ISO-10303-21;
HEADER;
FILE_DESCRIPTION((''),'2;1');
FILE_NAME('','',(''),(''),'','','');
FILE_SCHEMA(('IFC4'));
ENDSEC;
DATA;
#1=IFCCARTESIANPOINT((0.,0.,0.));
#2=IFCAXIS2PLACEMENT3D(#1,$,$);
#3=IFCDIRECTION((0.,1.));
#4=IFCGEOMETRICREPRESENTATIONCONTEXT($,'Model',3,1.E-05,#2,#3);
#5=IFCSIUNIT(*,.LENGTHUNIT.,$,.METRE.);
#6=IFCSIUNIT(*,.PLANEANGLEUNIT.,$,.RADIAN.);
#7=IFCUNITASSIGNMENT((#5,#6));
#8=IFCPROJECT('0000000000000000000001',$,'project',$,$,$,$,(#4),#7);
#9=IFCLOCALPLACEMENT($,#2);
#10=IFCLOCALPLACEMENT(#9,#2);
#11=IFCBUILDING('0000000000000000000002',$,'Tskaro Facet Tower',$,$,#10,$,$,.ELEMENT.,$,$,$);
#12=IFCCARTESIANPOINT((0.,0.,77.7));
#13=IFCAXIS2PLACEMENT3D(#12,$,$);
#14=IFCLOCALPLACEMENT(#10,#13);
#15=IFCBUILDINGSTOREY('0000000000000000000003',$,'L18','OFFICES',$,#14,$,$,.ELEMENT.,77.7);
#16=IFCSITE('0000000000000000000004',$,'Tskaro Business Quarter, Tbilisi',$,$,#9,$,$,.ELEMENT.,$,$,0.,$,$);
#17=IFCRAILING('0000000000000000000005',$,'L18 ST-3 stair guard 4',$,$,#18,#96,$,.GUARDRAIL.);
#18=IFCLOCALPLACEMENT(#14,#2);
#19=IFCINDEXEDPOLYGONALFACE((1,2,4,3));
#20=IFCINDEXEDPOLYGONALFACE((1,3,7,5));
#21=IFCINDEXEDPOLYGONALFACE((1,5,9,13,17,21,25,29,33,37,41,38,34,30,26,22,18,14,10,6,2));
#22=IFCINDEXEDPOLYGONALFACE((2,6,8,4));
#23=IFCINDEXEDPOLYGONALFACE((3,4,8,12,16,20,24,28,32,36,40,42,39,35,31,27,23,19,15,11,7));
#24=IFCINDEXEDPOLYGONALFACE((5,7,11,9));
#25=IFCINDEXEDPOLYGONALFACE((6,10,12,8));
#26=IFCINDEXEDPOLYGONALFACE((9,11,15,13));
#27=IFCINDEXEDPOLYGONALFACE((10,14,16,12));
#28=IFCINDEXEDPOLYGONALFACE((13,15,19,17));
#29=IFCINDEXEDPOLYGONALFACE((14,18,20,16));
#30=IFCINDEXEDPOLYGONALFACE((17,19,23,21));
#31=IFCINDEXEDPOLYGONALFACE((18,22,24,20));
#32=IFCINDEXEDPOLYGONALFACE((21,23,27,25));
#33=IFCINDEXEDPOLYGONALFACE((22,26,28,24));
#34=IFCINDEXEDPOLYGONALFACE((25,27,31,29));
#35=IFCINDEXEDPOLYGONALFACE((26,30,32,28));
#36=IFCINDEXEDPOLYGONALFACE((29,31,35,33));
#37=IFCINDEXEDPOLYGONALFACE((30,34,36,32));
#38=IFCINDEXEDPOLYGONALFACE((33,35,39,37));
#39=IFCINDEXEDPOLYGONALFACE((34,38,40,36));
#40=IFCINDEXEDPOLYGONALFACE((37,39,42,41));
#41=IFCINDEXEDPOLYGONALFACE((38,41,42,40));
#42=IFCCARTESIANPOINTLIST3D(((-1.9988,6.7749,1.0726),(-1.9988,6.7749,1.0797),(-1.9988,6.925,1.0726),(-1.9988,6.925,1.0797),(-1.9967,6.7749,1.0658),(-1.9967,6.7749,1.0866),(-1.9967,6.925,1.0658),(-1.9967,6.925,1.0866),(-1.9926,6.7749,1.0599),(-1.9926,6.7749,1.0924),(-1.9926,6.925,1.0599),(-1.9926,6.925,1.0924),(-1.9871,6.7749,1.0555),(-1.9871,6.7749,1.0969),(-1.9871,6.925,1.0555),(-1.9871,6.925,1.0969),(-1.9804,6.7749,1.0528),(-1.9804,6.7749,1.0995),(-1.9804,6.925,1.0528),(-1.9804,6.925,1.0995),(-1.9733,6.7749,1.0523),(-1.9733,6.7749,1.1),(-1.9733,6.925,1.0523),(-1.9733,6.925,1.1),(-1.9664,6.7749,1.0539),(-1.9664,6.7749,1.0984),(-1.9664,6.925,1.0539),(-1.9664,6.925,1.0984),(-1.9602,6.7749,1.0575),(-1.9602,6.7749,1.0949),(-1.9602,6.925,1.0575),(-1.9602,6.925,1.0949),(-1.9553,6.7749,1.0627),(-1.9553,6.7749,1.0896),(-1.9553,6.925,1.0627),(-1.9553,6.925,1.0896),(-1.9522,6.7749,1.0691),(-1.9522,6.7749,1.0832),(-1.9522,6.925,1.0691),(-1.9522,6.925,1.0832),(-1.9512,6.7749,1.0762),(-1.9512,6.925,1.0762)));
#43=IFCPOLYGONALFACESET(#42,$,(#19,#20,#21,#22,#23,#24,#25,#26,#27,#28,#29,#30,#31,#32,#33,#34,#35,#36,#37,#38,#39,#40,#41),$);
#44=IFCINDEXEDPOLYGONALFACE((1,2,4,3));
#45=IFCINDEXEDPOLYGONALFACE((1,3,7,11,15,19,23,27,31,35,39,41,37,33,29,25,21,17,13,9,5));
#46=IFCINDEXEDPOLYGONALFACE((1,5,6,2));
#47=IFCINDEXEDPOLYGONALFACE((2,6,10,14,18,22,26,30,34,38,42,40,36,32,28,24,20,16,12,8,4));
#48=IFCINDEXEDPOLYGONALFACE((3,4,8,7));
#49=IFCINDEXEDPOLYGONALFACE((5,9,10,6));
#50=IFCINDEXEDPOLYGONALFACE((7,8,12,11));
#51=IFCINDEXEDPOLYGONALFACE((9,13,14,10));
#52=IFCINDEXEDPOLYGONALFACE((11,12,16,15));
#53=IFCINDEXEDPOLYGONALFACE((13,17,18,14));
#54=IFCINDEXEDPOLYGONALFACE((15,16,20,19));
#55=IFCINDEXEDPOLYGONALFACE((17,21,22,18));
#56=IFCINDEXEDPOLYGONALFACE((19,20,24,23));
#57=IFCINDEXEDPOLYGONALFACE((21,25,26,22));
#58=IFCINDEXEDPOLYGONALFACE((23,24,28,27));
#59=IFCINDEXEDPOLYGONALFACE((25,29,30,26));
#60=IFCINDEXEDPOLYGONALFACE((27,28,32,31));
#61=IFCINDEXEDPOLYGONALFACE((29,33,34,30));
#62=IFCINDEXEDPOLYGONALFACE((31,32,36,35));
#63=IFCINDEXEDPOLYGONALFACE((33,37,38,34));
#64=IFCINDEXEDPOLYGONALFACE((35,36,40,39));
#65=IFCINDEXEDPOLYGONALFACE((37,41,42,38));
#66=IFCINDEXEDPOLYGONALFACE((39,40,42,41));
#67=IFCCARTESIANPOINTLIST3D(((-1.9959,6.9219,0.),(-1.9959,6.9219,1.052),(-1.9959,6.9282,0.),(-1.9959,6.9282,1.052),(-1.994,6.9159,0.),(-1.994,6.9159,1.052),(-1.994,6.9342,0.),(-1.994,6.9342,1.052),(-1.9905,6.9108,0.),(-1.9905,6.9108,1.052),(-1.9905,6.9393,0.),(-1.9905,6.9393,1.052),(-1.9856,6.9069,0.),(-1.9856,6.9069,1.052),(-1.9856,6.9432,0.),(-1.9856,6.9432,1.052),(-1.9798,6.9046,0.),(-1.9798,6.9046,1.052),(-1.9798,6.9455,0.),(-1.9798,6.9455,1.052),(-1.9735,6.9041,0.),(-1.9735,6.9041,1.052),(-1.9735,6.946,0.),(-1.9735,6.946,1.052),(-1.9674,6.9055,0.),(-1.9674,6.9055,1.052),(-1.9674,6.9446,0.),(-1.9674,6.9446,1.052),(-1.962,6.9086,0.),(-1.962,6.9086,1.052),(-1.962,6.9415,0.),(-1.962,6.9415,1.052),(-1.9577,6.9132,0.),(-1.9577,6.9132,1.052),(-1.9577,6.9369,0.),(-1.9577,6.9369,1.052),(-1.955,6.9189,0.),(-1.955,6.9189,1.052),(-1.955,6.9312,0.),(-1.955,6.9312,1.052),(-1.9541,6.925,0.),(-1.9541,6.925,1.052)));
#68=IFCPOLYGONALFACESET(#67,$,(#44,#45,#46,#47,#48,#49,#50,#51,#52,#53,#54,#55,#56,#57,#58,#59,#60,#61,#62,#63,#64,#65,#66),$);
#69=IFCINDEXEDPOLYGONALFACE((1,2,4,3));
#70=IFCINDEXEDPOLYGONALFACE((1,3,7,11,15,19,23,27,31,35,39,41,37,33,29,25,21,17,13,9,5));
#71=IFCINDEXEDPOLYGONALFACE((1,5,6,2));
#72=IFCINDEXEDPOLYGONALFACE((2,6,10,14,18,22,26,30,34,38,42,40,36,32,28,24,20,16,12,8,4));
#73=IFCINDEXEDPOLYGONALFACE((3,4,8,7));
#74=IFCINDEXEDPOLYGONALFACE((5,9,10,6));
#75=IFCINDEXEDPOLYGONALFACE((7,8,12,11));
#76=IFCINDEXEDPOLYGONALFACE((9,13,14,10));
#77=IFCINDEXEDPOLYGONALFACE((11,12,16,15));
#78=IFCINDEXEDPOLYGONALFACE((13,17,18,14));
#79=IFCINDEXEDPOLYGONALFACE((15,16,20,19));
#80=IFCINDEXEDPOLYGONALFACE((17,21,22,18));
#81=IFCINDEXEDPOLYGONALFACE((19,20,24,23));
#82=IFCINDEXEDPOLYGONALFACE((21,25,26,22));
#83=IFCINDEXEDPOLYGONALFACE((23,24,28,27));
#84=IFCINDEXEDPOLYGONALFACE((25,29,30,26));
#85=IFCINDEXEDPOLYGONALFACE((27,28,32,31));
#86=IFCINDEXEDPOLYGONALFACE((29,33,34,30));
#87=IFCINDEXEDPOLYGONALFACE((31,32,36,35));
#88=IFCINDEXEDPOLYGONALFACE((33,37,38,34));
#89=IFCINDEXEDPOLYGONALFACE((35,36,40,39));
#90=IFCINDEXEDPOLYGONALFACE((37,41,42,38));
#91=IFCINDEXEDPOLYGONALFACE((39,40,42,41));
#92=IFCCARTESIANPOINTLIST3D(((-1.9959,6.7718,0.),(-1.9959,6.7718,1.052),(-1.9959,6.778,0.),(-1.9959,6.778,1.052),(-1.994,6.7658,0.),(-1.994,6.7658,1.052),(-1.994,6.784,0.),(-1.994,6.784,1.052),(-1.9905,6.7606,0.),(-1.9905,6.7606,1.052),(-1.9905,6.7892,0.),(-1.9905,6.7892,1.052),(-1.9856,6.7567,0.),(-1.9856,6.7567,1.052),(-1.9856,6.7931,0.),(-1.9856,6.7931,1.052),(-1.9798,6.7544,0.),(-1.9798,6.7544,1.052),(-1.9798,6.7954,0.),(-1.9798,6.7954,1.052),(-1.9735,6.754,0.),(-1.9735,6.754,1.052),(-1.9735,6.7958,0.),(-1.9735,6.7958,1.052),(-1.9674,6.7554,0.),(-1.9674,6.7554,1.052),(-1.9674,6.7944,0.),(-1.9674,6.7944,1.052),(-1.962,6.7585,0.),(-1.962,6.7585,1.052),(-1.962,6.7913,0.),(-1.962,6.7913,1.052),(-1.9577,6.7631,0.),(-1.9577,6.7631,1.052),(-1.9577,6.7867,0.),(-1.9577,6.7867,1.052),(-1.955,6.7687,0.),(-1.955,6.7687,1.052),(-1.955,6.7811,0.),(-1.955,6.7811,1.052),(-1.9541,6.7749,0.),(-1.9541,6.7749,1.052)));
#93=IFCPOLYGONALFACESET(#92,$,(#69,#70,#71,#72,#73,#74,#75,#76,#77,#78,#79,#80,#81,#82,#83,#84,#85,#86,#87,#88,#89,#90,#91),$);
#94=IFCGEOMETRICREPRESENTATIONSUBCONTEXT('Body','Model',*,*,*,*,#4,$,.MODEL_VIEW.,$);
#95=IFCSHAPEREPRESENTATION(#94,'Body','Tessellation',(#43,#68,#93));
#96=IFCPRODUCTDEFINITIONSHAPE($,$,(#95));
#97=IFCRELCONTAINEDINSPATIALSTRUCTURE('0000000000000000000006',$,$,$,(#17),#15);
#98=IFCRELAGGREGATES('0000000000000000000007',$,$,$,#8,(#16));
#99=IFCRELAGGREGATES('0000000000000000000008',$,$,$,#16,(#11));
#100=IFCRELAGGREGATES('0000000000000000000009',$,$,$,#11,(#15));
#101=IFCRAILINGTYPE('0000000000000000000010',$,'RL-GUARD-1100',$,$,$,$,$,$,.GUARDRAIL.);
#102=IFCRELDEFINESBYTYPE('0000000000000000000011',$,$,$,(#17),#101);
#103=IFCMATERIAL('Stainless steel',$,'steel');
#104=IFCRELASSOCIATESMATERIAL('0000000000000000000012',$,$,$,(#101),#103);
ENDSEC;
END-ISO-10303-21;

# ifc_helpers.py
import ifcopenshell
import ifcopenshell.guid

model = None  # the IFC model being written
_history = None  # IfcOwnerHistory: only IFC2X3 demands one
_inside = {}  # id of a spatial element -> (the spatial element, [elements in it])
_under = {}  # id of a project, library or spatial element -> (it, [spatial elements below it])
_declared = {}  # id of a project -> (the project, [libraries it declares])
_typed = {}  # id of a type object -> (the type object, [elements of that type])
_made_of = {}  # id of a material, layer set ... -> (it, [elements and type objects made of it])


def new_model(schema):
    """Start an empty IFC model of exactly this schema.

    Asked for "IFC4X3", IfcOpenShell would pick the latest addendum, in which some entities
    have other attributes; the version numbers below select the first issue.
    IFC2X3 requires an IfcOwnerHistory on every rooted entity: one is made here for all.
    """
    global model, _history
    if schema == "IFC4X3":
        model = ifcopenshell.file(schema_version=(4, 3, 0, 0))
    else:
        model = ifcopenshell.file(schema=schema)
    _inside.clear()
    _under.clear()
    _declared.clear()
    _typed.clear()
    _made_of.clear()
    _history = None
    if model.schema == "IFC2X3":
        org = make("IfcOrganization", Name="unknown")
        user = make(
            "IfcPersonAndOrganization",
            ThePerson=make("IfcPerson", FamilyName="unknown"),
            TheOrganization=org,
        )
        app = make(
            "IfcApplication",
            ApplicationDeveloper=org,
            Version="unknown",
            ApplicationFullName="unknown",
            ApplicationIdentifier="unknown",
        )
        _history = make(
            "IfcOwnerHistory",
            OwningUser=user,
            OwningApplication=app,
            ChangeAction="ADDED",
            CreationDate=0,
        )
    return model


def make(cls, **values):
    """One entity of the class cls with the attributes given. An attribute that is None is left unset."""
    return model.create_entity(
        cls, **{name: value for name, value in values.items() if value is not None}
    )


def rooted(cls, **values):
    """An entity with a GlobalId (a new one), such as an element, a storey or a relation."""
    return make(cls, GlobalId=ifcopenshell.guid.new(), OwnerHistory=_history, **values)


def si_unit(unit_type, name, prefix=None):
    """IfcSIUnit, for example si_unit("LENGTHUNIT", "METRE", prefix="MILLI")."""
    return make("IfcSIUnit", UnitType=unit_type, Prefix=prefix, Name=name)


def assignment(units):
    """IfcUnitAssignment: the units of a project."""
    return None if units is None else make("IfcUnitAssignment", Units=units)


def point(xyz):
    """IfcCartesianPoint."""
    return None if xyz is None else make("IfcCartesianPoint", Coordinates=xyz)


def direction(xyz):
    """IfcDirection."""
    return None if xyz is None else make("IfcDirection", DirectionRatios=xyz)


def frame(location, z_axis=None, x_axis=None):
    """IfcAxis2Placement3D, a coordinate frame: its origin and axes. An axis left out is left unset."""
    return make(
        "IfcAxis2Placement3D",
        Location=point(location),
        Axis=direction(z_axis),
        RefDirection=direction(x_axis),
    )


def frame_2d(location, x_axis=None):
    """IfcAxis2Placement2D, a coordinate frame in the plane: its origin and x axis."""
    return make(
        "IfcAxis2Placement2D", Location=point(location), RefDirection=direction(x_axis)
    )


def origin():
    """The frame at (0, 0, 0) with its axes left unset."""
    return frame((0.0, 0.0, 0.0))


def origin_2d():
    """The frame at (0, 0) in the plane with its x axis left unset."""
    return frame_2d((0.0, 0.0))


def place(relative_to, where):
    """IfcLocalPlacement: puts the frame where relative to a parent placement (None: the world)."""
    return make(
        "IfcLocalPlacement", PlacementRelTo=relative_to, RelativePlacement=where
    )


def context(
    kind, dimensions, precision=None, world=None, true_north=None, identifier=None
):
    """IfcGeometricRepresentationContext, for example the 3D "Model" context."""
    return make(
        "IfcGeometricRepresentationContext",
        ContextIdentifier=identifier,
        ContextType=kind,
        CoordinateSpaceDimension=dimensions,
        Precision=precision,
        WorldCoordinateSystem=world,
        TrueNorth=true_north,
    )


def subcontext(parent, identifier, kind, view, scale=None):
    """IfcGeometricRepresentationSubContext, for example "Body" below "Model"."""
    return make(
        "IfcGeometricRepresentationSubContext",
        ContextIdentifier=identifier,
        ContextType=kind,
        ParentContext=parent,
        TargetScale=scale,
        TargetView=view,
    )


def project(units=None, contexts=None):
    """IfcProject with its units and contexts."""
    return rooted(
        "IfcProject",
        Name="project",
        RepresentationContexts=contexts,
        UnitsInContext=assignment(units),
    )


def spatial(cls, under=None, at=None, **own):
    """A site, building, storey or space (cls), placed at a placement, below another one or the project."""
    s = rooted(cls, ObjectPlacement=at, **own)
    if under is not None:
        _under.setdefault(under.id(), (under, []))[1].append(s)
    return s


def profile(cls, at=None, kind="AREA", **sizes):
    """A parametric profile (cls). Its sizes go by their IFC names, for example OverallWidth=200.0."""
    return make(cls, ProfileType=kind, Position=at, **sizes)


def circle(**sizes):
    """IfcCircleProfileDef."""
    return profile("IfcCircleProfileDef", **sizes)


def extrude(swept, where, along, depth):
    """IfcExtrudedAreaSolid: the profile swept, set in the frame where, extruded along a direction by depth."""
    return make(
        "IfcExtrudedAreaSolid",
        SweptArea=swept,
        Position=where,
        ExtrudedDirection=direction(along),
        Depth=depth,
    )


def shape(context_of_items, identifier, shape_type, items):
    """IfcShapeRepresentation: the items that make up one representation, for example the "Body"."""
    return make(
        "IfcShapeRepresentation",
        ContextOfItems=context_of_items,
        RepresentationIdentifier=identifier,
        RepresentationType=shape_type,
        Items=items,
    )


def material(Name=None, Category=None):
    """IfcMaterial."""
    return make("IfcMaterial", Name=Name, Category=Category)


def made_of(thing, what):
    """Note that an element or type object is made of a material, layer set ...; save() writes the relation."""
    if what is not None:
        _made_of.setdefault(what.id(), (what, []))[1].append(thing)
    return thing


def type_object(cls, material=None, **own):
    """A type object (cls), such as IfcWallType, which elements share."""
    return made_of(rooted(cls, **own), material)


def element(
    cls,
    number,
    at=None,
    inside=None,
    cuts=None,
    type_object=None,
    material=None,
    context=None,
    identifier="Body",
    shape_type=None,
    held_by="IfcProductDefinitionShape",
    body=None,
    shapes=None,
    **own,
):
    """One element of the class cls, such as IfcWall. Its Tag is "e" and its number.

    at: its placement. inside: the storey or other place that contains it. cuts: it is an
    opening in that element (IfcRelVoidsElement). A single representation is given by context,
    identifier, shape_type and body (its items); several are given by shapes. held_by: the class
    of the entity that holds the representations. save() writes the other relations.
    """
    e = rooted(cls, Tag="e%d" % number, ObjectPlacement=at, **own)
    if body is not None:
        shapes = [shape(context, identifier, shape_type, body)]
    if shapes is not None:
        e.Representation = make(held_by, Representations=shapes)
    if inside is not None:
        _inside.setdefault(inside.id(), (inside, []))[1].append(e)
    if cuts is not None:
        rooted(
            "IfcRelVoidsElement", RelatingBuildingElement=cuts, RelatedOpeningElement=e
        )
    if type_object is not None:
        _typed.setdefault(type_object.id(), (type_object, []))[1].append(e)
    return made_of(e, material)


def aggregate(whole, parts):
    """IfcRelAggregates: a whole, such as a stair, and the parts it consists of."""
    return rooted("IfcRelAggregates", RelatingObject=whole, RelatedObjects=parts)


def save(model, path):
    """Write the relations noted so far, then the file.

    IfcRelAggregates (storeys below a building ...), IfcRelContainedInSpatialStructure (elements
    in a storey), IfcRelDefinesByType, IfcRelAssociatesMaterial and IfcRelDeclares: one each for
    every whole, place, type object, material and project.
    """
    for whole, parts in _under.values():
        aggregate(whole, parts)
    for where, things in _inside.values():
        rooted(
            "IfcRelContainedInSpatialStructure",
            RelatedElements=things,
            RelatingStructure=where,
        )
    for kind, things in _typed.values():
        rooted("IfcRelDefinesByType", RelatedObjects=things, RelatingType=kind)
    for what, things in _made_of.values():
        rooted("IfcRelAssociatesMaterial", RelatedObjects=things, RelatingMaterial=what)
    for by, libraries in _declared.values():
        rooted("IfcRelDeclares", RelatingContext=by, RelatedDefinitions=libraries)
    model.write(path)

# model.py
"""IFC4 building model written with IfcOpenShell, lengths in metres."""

from ifc_helpers import new_model, si_unit, direction, frame, origin, origin_2d, place, context, subcontext, project, spatial, circle, extrude, material, type_object, element, save


model = new_model("IFC4")

# Units and contexts
model_context = context("Model", 3, precision=1e-05, world=origin(), true_north=direction((0.0, 1.0)))
body_context = subcontext(model_context, "Body", "Model", "MODEL_VIEW")
ifc_project = project(units=[si_unit("LENGTHUNIT", "METRE"), si_unit("PLANEANGLEUNIT", "RADIAN")], contexts=[model_context])

# Site, building, storey
site_placement = place(None, origin())
site = spatial("IfcSite", under=ifc_project, at=site_placement, Name="Tskaro Business Quarter, Tbilisi", CompositionType="ELEMENT", RefElevation=0.0)
building_placement = place(site_placement, origin())
building = spatial("IfcBuilding", under=site, at=building_placement, Name="Tskaro Facet Tower", CompositionType="ELEMENT")
storey_placement = place(building_placement, frame((0.0, 0.0, 77.7)))
storey = spatial("IfcBuildingStorey", under=building, at=storey_placement, Name="L18", Description="OFFICES", CompositionType="ELEMENT", Elevation=77.7)

# Railing
ifc_material_1 = material(Name="Stainless steel", Category="steel")
railing_type_1 = type_object("IfcRailingType", Name="RL-GUARD-1100", PredefinedType="GUARDRAIL", material=ifc_material_1)
railing_1_placement = place(storey_placement, frame((-1.9751, 6.925, 0.0)))
element("IfcRailing", 1, at=railing_1_placement, inside=storey, type_object=railing_type_1, Name="L18 ST-3 stair guard 4", PredefinedType="GUARDRAIL", context=body_context, shape_type="SweptSolid", body=[
    extrude(circle(Radius=0.0239, at=origin_2d()), frame((0.0, 0.0, 1.0762), z_axis=(0.0, -1.0, 0.0), x_axis=(1.0, 0.0, 0.0)), (0.0, 0.0, 1.0), 0.1501),
    extrude(circle(Radius=0.021, at=origin_2d()), origin(), (0.0, 0.0, 1.0), 1.052),
    extrude(circle(Radius=0.021, at=origin_2d()), frame((0.0, -0.1501, 0.0)), (0.0, 0.0, 1.0), 1.052),
])

save(model, "model.ifc")
